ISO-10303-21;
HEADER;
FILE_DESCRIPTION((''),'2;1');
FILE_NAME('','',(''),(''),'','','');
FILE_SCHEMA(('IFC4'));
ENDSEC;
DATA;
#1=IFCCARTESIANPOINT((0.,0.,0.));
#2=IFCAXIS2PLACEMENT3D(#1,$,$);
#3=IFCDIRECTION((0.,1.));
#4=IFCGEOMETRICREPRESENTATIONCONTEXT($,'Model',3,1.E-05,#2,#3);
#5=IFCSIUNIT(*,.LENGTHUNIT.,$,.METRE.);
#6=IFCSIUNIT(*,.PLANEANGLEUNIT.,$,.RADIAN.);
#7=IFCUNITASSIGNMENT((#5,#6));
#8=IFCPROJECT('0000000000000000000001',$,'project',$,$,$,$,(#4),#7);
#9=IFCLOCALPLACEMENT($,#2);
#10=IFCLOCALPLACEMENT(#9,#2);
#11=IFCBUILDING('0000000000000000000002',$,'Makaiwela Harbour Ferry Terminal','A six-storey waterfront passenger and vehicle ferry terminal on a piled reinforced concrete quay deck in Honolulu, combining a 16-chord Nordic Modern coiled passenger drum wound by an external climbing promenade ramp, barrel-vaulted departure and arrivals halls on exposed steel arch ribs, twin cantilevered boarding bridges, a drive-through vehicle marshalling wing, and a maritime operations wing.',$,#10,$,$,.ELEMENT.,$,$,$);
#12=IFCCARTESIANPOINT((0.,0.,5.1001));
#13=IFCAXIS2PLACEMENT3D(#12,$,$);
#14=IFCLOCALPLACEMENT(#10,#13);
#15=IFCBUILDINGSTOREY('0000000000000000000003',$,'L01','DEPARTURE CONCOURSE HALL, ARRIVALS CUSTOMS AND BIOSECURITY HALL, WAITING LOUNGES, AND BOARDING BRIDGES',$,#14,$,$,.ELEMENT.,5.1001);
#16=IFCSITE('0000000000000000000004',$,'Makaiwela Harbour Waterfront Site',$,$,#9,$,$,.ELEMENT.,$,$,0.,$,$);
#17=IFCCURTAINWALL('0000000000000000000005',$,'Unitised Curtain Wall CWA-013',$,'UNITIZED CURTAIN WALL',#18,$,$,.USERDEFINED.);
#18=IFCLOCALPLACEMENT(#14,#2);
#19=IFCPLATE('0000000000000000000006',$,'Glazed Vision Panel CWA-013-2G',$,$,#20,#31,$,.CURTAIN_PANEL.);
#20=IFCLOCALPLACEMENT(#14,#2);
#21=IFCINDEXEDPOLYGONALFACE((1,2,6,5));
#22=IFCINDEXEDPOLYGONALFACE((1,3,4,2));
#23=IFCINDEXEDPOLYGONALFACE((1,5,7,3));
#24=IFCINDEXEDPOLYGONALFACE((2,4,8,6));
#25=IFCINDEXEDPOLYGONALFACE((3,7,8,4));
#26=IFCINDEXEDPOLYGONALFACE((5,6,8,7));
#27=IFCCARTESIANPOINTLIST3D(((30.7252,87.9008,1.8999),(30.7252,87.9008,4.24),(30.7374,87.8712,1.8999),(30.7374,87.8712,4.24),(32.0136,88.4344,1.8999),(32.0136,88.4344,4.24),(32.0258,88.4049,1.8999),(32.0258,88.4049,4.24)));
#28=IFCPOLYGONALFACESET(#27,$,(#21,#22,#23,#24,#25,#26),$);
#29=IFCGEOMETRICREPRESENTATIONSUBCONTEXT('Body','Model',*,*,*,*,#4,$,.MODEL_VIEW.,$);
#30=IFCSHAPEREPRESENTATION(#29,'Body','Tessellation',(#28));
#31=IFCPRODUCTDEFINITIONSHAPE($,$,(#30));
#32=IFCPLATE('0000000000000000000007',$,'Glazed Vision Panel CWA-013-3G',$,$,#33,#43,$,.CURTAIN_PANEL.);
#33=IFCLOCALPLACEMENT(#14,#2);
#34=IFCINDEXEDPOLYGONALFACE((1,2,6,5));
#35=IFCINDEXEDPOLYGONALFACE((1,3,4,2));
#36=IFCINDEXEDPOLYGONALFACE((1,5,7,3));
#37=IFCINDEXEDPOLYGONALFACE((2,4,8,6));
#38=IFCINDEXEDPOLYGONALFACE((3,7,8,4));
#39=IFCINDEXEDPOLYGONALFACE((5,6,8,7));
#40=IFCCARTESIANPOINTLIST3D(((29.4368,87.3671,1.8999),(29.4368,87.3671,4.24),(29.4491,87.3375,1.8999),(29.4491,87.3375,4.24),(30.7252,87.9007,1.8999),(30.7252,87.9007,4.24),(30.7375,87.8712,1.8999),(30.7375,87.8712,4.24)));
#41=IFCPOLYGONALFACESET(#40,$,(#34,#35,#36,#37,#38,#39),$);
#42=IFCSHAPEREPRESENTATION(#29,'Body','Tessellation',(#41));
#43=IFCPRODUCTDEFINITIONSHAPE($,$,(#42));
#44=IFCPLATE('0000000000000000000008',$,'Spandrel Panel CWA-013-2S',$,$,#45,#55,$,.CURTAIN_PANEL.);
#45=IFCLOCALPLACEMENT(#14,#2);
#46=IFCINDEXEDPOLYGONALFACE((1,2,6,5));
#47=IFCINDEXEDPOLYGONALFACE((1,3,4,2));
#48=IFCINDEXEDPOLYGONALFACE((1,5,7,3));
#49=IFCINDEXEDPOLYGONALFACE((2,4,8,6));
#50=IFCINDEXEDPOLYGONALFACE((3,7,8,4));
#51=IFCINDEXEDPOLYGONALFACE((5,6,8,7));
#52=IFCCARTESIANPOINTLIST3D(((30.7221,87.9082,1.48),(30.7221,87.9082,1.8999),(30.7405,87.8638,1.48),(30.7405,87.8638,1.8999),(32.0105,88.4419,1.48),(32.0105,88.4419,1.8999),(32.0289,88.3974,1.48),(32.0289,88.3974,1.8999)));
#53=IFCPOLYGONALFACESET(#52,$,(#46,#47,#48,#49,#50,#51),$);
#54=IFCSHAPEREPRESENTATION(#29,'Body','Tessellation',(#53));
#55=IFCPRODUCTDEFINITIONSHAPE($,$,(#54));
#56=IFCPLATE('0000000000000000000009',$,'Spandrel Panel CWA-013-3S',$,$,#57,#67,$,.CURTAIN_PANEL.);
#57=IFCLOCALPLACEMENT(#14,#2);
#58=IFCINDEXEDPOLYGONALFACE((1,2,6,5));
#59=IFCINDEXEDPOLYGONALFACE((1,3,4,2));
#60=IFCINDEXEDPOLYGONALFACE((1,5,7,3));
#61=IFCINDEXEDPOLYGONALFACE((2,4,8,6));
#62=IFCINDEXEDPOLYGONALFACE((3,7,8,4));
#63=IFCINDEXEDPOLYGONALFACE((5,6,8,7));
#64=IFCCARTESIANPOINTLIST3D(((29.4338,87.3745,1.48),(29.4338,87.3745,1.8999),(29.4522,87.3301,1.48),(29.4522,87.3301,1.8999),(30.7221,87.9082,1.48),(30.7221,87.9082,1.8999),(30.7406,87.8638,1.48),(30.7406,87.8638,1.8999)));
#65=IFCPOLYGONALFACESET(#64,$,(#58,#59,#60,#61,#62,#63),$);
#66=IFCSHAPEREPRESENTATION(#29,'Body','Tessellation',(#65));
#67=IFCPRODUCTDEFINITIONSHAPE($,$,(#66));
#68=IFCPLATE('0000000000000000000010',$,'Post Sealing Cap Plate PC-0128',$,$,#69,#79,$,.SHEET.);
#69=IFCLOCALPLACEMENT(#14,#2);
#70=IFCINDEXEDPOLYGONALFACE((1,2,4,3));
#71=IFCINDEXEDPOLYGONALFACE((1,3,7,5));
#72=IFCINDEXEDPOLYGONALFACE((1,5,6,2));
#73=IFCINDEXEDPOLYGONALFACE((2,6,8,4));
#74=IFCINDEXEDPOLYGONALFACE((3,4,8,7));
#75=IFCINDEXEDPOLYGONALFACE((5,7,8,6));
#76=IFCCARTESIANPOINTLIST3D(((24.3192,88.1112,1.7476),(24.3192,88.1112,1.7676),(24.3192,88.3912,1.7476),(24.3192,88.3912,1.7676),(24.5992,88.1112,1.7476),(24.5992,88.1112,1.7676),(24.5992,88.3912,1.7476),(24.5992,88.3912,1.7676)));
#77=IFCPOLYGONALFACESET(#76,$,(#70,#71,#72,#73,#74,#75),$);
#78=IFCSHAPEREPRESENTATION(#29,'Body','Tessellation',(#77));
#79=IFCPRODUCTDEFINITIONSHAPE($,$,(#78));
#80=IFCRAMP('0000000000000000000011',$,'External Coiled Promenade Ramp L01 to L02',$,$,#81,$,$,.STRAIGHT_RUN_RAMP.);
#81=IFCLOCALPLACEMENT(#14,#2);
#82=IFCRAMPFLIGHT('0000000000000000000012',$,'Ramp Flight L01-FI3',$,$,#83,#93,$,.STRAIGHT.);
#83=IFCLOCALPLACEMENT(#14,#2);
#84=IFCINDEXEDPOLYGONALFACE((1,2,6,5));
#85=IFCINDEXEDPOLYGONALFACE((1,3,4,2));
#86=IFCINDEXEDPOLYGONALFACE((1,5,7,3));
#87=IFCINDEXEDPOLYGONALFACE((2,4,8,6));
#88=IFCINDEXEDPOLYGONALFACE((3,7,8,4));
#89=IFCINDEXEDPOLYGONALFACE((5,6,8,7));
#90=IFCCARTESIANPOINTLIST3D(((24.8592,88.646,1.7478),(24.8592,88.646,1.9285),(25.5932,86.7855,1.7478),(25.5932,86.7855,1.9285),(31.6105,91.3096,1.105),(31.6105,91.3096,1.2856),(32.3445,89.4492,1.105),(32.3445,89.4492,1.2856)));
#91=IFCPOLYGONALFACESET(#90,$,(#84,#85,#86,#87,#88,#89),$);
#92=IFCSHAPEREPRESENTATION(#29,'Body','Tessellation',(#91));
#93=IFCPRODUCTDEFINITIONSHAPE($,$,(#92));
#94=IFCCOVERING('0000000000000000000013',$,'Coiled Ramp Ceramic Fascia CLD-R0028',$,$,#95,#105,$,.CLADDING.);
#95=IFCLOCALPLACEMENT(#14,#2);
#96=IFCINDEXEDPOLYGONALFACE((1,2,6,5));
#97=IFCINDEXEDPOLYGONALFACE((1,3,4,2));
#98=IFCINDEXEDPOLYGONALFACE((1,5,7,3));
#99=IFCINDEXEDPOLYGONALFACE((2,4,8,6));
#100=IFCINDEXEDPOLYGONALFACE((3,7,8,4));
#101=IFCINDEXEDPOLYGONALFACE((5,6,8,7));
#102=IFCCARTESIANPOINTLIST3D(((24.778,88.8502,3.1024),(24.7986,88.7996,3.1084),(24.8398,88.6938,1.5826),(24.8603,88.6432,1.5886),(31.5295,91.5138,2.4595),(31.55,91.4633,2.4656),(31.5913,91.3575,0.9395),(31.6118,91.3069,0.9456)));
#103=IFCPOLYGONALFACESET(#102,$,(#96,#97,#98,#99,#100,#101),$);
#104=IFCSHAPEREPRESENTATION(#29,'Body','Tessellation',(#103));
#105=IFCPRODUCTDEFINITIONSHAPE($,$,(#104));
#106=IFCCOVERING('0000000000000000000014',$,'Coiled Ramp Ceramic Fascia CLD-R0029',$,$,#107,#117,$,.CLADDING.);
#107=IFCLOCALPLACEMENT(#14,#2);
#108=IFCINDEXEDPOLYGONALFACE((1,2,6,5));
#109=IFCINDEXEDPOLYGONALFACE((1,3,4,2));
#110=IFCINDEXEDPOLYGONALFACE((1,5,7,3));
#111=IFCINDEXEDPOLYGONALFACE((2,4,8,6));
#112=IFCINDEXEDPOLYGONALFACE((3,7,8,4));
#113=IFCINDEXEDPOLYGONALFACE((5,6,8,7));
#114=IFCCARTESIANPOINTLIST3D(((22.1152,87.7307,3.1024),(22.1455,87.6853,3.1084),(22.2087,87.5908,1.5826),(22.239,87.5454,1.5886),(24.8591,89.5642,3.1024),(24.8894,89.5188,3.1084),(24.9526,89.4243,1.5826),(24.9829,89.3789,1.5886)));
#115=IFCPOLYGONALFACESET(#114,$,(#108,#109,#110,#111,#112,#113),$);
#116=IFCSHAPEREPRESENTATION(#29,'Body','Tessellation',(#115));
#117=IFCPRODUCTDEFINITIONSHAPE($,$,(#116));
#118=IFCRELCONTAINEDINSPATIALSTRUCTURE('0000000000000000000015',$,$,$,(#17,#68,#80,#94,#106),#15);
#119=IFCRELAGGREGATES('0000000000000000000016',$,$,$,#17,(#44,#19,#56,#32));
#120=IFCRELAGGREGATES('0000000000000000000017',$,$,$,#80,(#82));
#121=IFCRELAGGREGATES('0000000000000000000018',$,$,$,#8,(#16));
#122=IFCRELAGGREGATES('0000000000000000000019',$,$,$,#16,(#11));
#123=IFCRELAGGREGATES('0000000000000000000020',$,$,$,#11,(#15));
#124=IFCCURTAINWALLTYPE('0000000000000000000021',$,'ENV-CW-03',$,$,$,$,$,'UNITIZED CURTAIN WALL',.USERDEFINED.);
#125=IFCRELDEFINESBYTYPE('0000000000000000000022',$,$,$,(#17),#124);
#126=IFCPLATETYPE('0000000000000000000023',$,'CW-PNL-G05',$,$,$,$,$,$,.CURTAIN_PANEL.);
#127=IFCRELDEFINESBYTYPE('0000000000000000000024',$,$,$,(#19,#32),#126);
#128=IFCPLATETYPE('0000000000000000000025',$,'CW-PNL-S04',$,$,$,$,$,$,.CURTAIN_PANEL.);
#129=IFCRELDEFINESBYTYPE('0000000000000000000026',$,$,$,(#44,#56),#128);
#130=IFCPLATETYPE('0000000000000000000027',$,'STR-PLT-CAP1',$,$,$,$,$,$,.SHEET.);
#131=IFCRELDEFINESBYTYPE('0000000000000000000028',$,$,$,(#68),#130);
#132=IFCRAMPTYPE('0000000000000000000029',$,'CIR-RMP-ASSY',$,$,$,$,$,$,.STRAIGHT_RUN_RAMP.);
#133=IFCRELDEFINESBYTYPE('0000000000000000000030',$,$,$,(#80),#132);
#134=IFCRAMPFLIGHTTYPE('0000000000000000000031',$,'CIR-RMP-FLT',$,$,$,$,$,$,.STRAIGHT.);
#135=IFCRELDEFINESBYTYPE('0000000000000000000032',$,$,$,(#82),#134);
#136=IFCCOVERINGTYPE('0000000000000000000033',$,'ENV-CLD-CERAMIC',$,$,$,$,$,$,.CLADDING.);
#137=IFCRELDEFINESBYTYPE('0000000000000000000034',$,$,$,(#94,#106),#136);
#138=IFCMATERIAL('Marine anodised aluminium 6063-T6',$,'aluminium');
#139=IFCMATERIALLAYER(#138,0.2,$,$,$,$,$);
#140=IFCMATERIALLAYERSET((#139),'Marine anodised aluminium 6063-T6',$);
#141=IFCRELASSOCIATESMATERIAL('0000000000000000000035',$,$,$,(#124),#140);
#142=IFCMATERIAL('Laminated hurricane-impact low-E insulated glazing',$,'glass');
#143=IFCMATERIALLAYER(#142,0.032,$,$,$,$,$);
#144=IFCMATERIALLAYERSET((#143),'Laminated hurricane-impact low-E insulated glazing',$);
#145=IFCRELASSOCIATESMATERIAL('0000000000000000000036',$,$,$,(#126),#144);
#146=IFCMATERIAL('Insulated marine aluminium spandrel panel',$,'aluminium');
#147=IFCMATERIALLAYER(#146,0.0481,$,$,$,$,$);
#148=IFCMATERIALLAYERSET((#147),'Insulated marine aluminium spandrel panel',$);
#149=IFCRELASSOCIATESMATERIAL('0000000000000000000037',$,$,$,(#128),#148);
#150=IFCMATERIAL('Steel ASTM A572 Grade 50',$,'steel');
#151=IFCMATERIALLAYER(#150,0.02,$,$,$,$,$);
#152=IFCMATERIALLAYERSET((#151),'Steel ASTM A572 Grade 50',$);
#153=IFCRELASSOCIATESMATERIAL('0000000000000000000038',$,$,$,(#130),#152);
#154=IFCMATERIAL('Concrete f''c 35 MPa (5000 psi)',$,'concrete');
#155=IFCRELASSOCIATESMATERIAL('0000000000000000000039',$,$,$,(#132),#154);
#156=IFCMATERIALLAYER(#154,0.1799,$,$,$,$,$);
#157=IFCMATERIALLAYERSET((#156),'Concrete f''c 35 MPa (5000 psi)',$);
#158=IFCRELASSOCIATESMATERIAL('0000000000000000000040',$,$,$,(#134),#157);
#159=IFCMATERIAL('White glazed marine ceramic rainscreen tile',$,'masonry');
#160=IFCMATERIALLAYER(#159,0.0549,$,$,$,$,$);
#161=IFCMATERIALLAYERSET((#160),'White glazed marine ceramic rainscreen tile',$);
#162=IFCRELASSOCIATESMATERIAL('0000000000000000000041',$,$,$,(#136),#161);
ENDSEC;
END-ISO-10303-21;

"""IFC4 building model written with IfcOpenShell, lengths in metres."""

from ifc_helpers import new_model, si_unit, direction, frame, origin, origin_2d, place, context, subcontext, project, spatial, polyline, rectangle, outline, extrude, material, layer, layer_set, type_object, element, aggregate, save


model = new_model("IFC4")

# Units and contexts
model_context = context("Model", 3, precision=1e-05, world=origin(), true_north=direction((0.0, 1.0)))
body_context = subcontext(model_context, "Body", "Model", "MODEL_VIEW")
ifc_project = project(units=[si_unit("LENGTHUNIT", "METRE"), si_unit("PLANEANGLEUNIT", "RADIAN")], contexts=[model_context])

# Site, building, storey
site_placement = place(None, origin())
site = spatial("IfcSite", under=ifc_project, at=site_placement, Name="Makaiwela Harbour Waterfront Site", CompositionType="ELEMENT", RefElevation=0.0)
building_placement = place(site_placement, origin())
building = spatial("IfcBuilding", under=site, at=building_placement, Name="Makaiwela Harbour Ferry Terminal", Description="A six-storey waterfront passenger and vehicle ferry terminal on a piled reinforced concrete quay deck in Honolulu, combining a 16-chord Nordic Modern coiled passenger drum wound by an external climbing promenade ramp, barrel-vaulted departure and arrivals halls on exposed steel arch ribs, twin cantilevered boarding bridges, a drive-through vehicle marshalling wing, and a maritime operations wing.", CompositionType="ELEMENT")
storey_placement = place(building_placement, frame((0.0, 0.0, 5.1001)))
storey = spatial("IfcBuildingStorey", under=building, at=storey_placement, Name="L01", Description="DEPARTURE CONCOURSE HALL, ARRIVALS CUSTOMS AND BIOSECURITY HALL, WAITING LOUNGES, AND BOARDING BRIDGES", CompositionType="ELEMENT", Elevation=5.1001)

# Curtain wall
ifc_material_1 = material(Name="Marine anodised aluminium 6063-T6", Category="aluminium")
ifc_layer_1 = layer(ifc_material_1, 0.2)
ifc_layer_set_1 = layer_set([ifc_layer_1], Name="Marine anodised aluminium 6063-T6")
curtain_wall_type = type_object("IfcCurtainWallType", Name="ENV-CW-03", ElementType="UNITIZED CURTAIN WALL", PredefinedType="USERDEFINED", material=ifc_layer_set_1)
curtain_wall_placement = place(storey_placement, origin())
curtain_wall = element("IfcCurtainWall", 1, at=curtain_wall_placement, inside=storey, type_object=curtain_wall_type, Name="Unitised Curtain Wall CWA-013", ObjectType="UNITIZED CURTAIN WALL", PredefinedType="USERDEFINED")

# Plates
ifc_material_2 = material(Name="Laminated hurricane-impact low-E insulated glazing", Category="glass")
ifc_layer_2 = layer(ifc_material_2, 0.032)
ifc_layer_set_2 = layer_set([ifc_layer_2], Name="Laminated hurricane-impact low-E insulated glazing")
plate_type_1 = type_object("IfcPlateType", Name="CW-PNL-G05", PredefinedType="CURTAIN_PANEL", material=ifc_layer_set_2)
plate_1_placement = place(storey_placement, frame((31.3755, 88.1528, 1.8999), z_axis=(0.0, 0.0, 1.0), x_axis=(-0.92388, -0.382683, 0.0)))
plate_1 = element("IfcPlate", 2, at=plate_1_placement, type_object=plate_type_1, Name="Glazed Vision Panel CWA-013-2G", PredefinedType="CURTAIN_PANEL", context=body_context, shape_type="SweptSolid", body=[
    extrude(rectangle(XDim=1.3945, YDim=0.032, at=origin_2d()), origin(), (0.0, 0.0, 1.0), 2.3401),
])
plate_2_placement = place(storey_placement, frame((30.0872, 87.6191, 1.8999), z_axis=(0.0, 0.0, 1.0), x_axis=(-0.92388, -0.382683, 0.0)))
plate_2 = element("IfcPlate", 3, at=plate_2_placement, type_object=plate_type_1, Name="Glazed Vision Panel CWA-013-3G", PredefinedType="CURTAIN_PANEL", context=body_context, shape_type="SweptSolid", body=[
    extrude(rectangle(XDim=1.3945, YDim=0.032, at=origin_2d()), origin(), (0.0, 0.0, 1.0), 2.3401),
])
ifc_material_3 = material(Name="Insulated marine aluminium spandrel panel", Category="aluminium")
ifc_layer_3 = layer(ifc_material_3, 0.0481)
ifc_layer_set_3 = layer_set([ifc_layer_3], Name="Insulated marine aluminium spandrel panel")
plate_type_2 = type_object("IfcPlateType", Name="CW-PNL-S04", PredefinedType="CURTAIN_PANEL", material=ifc_layer_set_3)
plate_3_placement = place(storey_placement, frame((31.3755, 88.1528, 1.48), z_axis=(0.0, 0.0, 1.0), x_axis=(-0.92388, -0.382683, 0.0)))
plate_3 = element("IfcPlate", 4, at=plate_3_placement, type_object=plate_type_2, Name="Spandrel Panel CWA-013-2S", PredefinedType="CURTAIN_PANEL", context=body_context, shape_type="SweptSolid", body=[
    extrude(rectangle(XDim=1.3945, YDim=0.0481, at=origin_2d()), origin(), (0.0, 0.0, 1.0), 0.4199),
])
plate_4_placement = place(storey_placement, frame((30.0872, 87.6191, 1.48), z_axis=(0.0, 0.0, 1.0), x_axis=(-0.92388, -0.382683, 0.0)))
plate_4 = element("IfcPlate", 5, at=plate_4_placement, type_object=plate_type_2, Name="Spandrel Panel CWA-013-3S", PredefinedType="CURTAIN_PANEL", context=body_context, shape_type="SweptSolid", body=[
    extrude(rectangle(XDim=1.3945, YDim=0.0481, at=origin_2d()), origin(), (0.0, 0.0, 1.0), 0.4199),
])
aggregate(curtain_wall, [plate_3, plate_1, plate_4, plate_2])
ifc_material_4 = material(Name="Steel ASTM A572 Grade 50", Category="steel")
ifc_layer_4 = layer(ifc_material_4, 0.02)
ifc_layer_set_4 = layer_set([ifc_layer_4], Name="Steel ASTM A572 Grade 50")
plate_type_3 = type_object("IfcPlateType", Name="STR-PLT-CAP1", PredefinedType="SHEET", material=ifc_layer_set_4)
plate_5_placement = place(storey_placement, frame((24.4592, 88.2512, 1.7476), z_axis=(0.0, 0.0, 1.0), x_axis=(1.0, 0.0, 0.0)))
element("IfcPlate", 6, at=plate_5_placement, inside=storey, type_object=plate_type_3, Name="Post Sealing Cap Plate PC-0128", PredefinedType="SHEET", context=body_context, shape_type="SweptSolid", body=[
    extrude(rectangle(XDim=0.28, YDim=0.28, at=origin_2d()), origin(), (0.0, 0.0, 1.0), 0.02),
])

# Ramp, ramp flight
ifc_material_5 = material(Name="Concrete f'c 35 MPa (5000 psi)", Category="concrete")
ramp_type = type_object("IfcRampType", Name="CIR-RMP-ASSY", PredefinedType="STRAIGHT_RUN_RAMP", material=ifc_material_5)
ramp_placement = place(storey_placement, origin())
ramp = element("IfcRamp", 7, at=ramp_placement, inside=storey, type_object=ramp_type, Name="External Coiled Promenade Ramp L01 to L02", PredefinedType="STRAIGHT_RUN_RAMP")
ifc_layer_5 = layer(ifc_material_5, 0.1799)
ifc_layer_set_5 = layer_set([ifc_layer_5], Name="Concrete f'c 35 MPa (5000 psi)")
ramp_flight_type = type_object("IfcRampFlightType", Name="CIR-RMP-FLT", PredefinedType="STRAIGHT", material=ifc_layer_set_5)
ramp_flight_placement = place(storey_placement, frame((31.9775, 90.3794, 1.2856), z_axis=(0.0, 0.0, 1.0), x_axis=(-0.930219, -0.367005, 0.0)))
ramp_flight = element("IfcRampFlight", 8, at=ramp_flight_placement, type_object=ramp_flight_type, Name="Ramp Flight L01-FI3", PredefinedType="STRAIGHT", context=body_context, shape_type="SweptSolid", body=[
    extrude(outline(polyline([(0.0, 0.0), (7.2578, 0.6428), (7.2578, 0.4622), (0.0, -0.1807), (0.0, 0.0)])), frame((0.0, 1.0, 0.0), z_axis=(0.0, -1.0, 0.0), x_axis=(1.0, 0.0, 0.0)), (0.0, 0.0, 1.0), 2.0),
])
aggregate(ramp, [ramp_flight])

# Coverings
ifc_material_6 = material(Name="White glazed marine ceramic rainscreen tile", Category="masonry")
ifc_layer_6 = layer(ifc_material_6, 0.0549)
ifc_layer_set_6 = layer_set([ifc_layer_6], Name="White glazed marine ceramic rainscreen tile")
covering_type = type_object("IfcCoveringType", Name="ENV-CLD-CERAMIC", PredefinedType="CLADDING", material=ifc_layer_set_6)
covering_1_placement = place(storey_placement, frame((31.6118, 91.3069, 0.9456), z_axis=(0.373822, -0.920961, 0.109943), x_axis=(-0.92659, -0.365571, 0.088254)))
element("IfcCovering", 9, at=covering_1_placement, inside=storey, type_object=covering_type, Name="Coiled Ramp Ceramic Fascia CLD-R0028", PredefinedType="CLADDING", context=body_context, shape_type="SweptSolid", body=[
    extrude(outline(polyline([(0.0, 0.0), (7.2864, 0.0), (7.4206, -1.5232), (0.1343, -1.5234), (0.0, 0.0)])), origin(), (0.0, 0.0, -1.0), 0.0549),
])
covering_2_placement = place(storey_placement, frame((24.9829, 89.3789, 1.5886), z_axis=(0.552213, -0.826408, 0.110045), x_axis=(-0.831458, -0.555588, 0.0)))
element("IfcCovering", 10, at=covering_2_placement, inside=storey, type_object=covering_type, Name="Coiled Ramp Ceramic Fascia CLD-R0029", PredefinedType="CLADDING", context=body_context, shape_type="SweptSolid", body=[
    extrude(outline(polyline([(0.0, 0.0), (3.3001, 0.0), (3.3001, -1.5291), (0.0, -1.5291), (0.0, 0.0)])), origin(), (0.0, 0.0, -1.0), 0.0549),
])

save(model, "model.ifc")
